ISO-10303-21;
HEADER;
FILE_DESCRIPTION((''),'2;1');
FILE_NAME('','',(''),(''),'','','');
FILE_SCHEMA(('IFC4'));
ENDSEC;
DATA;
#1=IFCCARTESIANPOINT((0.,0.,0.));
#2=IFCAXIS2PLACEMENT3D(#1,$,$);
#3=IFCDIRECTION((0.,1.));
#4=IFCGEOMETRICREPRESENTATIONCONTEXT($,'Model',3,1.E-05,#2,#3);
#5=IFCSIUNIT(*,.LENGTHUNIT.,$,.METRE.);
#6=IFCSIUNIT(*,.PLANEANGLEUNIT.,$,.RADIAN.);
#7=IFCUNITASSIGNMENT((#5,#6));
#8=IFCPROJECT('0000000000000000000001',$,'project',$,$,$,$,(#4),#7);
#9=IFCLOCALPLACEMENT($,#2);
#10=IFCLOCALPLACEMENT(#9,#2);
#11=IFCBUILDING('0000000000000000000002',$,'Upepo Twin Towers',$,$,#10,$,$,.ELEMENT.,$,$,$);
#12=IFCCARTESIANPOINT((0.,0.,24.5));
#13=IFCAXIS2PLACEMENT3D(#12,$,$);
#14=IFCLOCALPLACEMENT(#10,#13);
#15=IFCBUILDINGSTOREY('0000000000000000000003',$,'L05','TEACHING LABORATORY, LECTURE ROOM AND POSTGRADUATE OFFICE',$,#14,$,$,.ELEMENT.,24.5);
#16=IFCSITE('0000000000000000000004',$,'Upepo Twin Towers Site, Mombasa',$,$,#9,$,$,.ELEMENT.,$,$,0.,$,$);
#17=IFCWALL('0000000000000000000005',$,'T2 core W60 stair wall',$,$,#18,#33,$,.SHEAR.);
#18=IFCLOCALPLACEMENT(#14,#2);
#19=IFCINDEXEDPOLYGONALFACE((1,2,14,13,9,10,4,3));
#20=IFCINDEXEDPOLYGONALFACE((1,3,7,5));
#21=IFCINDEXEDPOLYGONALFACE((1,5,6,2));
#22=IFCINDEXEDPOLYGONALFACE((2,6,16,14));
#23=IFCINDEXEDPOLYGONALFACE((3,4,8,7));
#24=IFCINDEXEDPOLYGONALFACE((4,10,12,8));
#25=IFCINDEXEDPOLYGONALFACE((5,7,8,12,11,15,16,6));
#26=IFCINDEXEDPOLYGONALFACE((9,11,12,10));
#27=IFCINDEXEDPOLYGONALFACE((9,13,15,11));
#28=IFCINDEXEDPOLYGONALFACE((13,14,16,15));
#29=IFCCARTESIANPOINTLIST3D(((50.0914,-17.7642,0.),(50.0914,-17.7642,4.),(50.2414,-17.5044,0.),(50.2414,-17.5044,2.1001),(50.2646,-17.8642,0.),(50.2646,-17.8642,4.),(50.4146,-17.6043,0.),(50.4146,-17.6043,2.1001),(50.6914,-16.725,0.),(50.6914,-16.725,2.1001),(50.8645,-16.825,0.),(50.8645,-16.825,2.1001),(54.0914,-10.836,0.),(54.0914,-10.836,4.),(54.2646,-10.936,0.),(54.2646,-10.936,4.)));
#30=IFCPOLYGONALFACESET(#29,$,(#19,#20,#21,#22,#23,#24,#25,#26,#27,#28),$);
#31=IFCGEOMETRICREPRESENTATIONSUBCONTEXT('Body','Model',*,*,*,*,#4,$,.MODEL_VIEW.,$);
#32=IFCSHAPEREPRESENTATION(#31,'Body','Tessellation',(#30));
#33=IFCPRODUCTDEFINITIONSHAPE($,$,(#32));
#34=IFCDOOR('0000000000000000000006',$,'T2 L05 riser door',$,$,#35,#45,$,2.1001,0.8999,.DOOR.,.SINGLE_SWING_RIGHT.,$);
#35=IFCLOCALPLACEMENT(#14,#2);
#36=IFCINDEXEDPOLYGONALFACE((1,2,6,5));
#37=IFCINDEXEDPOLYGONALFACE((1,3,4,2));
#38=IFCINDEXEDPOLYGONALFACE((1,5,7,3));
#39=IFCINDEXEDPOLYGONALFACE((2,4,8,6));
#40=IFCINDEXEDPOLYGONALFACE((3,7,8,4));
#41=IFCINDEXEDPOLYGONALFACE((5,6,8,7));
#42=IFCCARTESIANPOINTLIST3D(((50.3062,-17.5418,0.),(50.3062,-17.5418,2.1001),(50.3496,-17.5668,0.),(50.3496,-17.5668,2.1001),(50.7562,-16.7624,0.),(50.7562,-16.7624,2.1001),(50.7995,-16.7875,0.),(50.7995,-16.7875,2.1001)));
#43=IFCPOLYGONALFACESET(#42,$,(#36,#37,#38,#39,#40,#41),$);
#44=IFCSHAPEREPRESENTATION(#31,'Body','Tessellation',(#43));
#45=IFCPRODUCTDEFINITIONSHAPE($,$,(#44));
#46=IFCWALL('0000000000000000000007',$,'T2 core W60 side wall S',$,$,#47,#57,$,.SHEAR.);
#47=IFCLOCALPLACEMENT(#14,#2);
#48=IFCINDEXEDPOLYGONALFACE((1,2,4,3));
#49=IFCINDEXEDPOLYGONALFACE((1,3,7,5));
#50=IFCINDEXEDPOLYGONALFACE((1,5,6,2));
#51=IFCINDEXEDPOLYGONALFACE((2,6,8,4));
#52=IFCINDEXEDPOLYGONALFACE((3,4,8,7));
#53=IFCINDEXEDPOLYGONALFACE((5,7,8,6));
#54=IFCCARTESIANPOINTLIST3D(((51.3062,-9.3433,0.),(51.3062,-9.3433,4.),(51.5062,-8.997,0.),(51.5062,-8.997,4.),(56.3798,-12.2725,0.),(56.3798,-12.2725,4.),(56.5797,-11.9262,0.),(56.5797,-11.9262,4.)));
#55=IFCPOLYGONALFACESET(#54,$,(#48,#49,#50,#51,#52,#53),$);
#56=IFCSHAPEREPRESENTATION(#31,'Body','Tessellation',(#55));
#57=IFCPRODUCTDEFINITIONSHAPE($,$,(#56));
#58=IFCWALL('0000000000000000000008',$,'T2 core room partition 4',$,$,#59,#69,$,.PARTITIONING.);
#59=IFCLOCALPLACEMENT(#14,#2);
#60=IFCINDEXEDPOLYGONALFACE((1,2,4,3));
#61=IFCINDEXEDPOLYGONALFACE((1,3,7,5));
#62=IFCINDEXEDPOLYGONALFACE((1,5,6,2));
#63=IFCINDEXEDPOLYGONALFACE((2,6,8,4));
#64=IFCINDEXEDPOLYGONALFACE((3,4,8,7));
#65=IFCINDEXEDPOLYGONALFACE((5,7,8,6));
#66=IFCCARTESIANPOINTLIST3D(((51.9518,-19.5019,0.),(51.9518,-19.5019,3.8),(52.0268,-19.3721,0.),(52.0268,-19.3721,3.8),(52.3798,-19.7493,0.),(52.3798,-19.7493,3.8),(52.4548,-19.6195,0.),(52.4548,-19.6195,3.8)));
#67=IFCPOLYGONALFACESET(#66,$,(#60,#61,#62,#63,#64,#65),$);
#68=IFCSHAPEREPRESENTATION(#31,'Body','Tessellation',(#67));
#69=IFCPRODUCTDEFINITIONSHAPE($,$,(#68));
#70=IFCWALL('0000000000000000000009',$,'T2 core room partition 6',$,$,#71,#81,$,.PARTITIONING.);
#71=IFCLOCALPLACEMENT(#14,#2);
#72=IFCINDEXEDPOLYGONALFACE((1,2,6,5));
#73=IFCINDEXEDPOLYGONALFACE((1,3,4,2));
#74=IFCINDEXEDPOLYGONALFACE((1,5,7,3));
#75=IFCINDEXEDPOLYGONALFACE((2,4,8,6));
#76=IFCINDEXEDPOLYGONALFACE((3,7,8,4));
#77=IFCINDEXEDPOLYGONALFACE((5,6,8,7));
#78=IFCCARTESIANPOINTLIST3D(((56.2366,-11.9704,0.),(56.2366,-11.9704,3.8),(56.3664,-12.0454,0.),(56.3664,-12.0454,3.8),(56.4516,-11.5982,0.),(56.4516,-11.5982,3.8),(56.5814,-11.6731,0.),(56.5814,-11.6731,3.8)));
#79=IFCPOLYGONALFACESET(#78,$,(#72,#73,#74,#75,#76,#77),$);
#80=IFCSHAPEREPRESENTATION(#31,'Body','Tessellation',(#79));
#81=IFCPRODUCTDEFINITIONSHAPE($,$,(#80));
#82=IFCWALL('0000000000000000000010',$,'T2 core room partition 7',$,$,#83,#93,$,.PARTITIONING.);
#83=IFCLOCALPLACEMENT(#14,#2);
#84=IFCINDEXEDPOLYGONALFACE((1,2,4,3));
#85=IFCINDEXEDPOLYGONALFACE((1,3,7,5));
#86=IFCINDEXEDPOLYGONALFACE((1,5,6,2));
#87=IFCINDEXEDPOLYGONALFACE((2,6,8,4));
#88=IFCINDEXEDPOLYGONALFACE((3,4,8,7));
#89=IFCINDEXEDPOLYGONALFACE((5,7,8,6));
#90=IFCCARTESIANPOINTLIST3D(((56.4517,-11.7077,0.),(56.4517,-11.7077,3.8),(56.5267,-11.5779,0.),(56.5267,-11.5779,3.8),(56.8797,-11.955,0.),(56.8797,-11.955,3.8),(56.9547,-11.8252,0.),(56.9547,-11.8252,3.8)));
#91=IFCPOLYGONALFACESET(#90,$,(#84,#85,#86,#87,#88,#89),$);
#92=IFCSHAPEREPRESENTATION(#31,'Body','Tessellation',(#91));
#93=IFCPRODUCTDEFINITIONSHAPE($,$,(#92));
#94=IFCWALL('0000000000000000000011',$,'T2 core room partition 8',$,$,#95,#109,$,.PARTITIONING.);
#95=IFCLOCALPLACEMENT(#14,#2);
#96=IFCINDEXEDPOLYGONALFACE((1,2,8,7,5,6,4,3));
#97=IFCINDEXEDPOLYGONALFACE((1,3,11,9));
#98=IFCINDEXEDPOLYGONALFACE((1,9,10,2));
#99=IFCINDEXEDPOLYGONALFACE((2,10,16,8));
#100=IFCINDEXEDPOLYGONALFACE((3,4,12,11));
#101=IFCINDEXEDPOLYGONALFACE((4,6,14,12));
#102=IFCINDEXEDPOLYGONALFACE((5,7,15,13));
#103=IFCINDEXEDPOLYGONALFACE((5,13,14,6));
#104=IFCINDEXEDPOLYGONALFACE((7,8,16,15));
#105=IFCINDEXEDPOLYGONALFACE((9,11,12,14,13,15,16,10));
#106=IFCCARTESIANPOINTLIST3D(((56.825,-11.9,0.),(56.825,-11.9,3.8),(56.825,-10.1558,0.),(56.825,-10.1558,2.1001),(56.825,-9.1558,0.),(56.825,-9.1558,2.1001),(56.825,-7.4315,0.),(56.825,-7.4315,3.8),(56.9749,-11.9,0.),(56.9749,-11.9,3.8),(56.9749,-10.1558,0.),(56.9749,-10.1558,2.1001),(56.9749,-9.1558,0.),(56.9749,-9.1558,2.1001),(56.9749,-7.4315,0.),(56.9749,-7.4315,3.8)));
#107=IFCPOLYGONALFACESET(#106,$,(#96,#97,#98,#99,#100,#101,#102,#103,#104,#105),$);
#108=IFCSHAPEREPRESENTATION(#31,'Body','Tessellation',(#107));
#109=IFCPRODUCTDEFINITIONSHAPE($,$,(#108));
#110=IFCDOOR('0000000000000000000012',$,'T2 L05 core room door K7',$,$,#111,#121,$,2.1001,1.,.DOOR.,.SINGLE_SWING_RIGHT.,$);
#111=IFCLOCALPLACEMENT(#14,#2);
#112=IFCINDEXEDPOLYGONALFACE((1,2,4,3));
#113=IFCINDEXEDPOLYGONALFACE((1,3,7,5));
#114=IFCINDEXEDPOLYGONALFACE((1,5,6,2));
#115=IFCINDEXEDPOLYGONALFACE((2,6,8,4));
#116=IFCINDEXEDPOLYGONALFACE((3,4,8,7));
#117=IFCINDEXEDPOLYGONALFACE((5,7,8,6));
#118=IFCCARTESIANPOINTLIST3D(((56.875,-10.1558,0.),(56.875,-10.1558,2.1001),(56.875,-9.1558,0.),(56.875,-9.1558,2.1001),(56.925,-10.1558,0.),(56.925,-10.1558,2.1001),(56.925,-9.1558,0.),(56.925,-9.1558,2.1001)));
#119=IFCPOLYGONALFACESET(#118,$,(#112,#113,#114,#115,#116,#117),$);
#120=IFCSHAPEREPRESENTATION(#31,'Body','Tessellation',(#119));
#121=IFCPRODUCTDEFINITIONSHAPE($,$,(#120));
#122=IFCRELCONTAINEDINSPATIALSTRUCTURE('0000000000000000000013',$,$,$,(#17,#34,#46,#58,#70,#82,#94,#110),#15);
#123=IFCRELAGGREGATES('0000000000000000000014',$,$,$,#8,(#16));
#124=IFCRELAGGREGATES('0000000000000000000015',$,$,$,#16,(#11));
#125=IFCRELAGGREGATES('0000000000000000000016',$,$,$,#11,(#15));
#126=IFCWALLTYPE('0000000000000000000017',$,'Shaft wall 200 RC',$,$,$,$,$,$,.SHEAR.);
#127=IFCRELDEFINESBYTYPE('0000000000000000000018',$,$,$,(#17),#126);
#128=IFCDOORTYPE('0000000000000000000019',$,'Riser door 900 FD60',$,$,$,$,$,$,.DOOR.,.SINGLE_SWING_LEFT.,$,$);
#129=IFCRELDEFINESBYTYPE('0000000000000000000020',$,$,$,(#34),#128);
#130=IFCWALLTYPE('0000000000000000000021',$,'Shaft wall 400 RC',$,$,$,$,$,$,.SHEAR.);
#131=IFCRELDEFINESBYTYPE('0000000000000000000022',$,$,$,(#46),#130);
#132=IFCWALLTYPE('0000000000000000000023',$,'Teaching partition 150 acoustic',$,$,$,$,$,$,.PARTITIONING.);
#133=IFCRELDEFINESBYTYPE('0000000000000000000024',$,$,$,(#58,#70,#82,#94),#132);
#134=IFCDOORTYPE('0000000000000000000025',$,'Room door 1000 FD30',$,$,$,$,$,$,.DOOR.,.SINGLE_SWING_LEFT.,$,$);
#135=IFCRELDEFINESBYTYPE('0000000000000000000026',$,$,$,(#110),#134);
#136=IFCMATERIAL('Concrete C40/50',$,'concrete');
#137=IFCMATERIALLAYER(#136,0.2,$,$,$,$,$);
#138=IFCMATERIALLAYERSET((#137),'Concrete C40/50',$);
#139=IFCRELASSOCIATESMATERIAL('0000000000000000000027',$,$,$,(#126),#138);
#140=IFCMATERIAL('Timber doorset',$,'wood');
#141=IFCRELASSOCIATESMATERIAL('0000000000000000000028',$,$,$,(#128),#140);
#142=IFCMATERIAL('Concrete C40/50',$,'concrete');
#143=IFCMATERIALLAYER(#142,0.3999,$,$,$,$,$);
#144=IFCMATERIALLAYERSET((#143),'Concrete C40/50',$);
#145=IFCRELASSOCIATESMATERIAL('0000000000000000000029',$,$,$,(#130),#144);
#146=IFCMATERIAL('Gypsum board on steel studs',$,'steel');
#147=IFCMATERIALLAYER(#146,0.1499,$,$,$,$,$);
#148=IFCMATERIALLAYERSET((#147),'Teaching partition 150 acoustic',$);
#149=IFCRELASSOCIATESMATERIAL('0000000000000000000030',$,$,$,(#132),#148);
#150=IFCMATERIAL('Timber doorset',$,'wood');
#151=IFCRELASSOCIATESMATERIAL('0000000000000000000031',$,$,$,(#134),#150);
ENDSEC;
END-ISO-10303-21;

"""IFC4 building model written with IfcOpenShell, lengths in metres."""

from ifc_helpers import new_model, si_unit, direction, frame, frame_2d, origin, place, context, subcontext, project, spatial, rectangle, extrude, material, layer, layer_set, type_object, element, fill, save


model = new_model("IFC4")

# Units and contexts
model_context = context("Model", 3, precision=1e-05, world=origin(), true_north=direction((0.0, 1.0)))
body_context = subcontext(model_context, "Body", "Model", "MODEL_VIEW")
ifc_project = project(units=[si_unit("LENGTHUNIT", "METRE"), si_unit("PLANEANGLEUNIT", "RADIAN")], contexts=[model_context])

# Site, building, storey
site_placement = place(None, origin())
site = spatial("IfcSite", under=ifc_project, at=site_placement, Name="Upepo Twin Towers Site, Mombasa", CompositionType="ELEMENT", RefElevation=0.0)
building_placement = place(site_placement, origin())
building = spatial("IfcBuilding", under=site, at=building_placement, Name="Upepo Twin Towers", CompositionType="ELEMENT")
storey_placement = place(building_placement, frame((0.0, 0.0, 24.5)))
storey = spatial("IfcBuildingStorey", under=building, at=storey_placement, Name="L05", Description="TEACHING LABORATORY, LECTURE ROOM AND POSTGRADUATE OFFICE", CompositionType="ELEMENT", Elevation=24.5)

# Shared definitions
ifc_material_1 = material(Name="Concrete C40/50", Category="concrete")
ifc_layer_1 = layer(ifc_material_1, 0.2)
ifc_layer_set_1 = layer_set([ifc_layer_1], Name="Concrete C40/50")
wall_type_1 = type_object("IfcWallType", Name="Shaft wall 200 RC", PredefinedType="SHEAR", material=ifc_layer_set_1)

# Wall, opening, door
wall_1_placement = place(storey_placement, frame((54.178, -10.886, 0.0), z_axis=(0.0, 0.0, 1.0), x_axis=(-0.499999, -0.866026, 0.0)))
wall_1 = element("IfcWall", 1, at=wall_1_placement, inside=storey, type_object=wall_type_1, Name="T2 core W60 stair wall", PredefinedType="SHEAR", context=body_context, shape_type="SweptSolid", body=[
    extrude(rectangle(XDim=8.0, YDim=0.2, at=frame_2d((4.0, 0.0))), origin(), (0.0, 0.0, 1.0), 4.0),
])
opening_1_placement = place(wall_1_placement, frame((6.8, 0.0, 0.0)))
opening_1 = element("IfcOpeningElement", 2, at=opening_1_placement, cuts=wall_1, PredefinedType="OPENING", context=body_context, shape_type="SweptSolid", body=[
    extrude(rectangle(XDim=0.8999, YDim=2.1001, at=frame_2d((0.45, 1.05))), frame((0.0, 0.1099, 0.0), z_axis=(0.0, -1.0, 0.0), x_axis=(1.0, 0.0, 0.0)), (0.0, 0.0, 1.0), 0.22),
])
ifc_material_2 = material(Name="Timber doorset", Category="wood")
door_type_1 = type_object("IfcDoorType", Name="Riser door 900 FD60", OperationType="SINGLE_SWING_LEFT", PredefinedType="DOOR", material=ifc_material_2)
door_1_placement = place(opening_1_placement, origin())
door_1 = element("IfcDoor", 3, at=door_1_placement, inside=storey, type_object=door_type_1, Name="T2 L05 riser door", OperationType="SINGLE_SWING_RIGHT", OverallHeight=2.1001, OverallWidth=0.8999, PredefinedType="DOOR", context=body_context, shape_type="SweptSolid", body=[
    extrude(rectangle(XDim=0.8999, YDim=2.1001, at=frame_2d((0.45, 1.05))), frame((0.0, 0.0249, 0.0), z_axis=(0.0, -1.0, 0.0), x_axis=(1.0, 0.0, 0.0)), (0.0, 0.0, 1.0), 0.05),
])
fill(opening_1, door_1)

# Walls
ifc_material_3 = material(Name="Concrete C40/50", Category="concrete")
ifc_layer_2 = layer(ifc_material_3, 0.3999)
ifc_layer_set_2 = layer_set([ifc_layer_2], Name="Concrete C40/50")
wall_type_2 = type_object("IfcWallType", Name="Shaft wall 400 RC", PredefinedType="SHEAR", material=ifc_layer_set_2)
wall_2_placement = place(storey_placement, frame((56.4797, -12.0994, 0.0), z_axis=(0.0, 0.0, 1.0), x_axis=(-0.866024, 0.500003, 0.0)))
element("IfcWall", 4, at=wall_2_placement, inside=storey, type_object=wall_type_2, Name="T2 core W60 side wall S", PredefinedType="SHEAR", context=body_context, shape_type="SweptSolid", body=[
    extrude(rectangle(XDim=5.8584, YDim=0.3999, at=frame_2d((2.9292, 0.0))), origin(), (0.0, 0.0, 1.0), 4.0),
])
ifc_material_4 = material(Name="Gypsum board on steel studs", Category="steel")
ifc_layer_3 = layer(ifc_material_4, 0.1499)
ifc_layer_set_3 = layer_set([ifc_layer_3], Name="Teaching partition 150 acoustic")
wall_type_3 = type_object("IfcWallType", Name="Teaching partition 150 acoustic", PredefinedType="PARTITIONING", material=ifc_layer_set_3)
wall_3_placement = place(storey_placement, frame((52.4172, -19.6843, 0.0), z_axis=(0.0, 0.0, 1.0), x_axis=(-0.865832, 0.500335, 0.0)))
element("IfcWall", 5, at=wall_3_placement, inside=storey, type_object=wall_type_3, Name="T2 core room partition 4", PredefinedType="PARTITIONING", context=body_context, shape_type="SweptSolid", body=[
    extrude(rectangle(XDim=0.4944, YDim=0.1499, at=frame_2d((0.2471, 0.0))), origin(), (0.0, 0.0, 1.0), 3.8),
])
wall_4_placement = place(storey_placement, frame((56.3015, -12.0078, 0.0), z_axis=(0.0, 0.0, 1.0), x_axis=(0.50023, 0.865892, 0.0)))
element("IfcWall", 6, at=wall_4_placement, inside=storey, type_object=wall_type_3, Name="T2 core room partition 6", PredefinedType="PARTITIONING", context=body_context, shape_type="SweptSolid", body=[
    extrude(rectangle(XDim=0.4299, YDim=0.1499, at=frame_2d((0.2148, 0.0))), origin(), (0.0, 0.0, 1.0), 3.8),
])
wall_5_placement = place(storey_placement, frame((56.4893, -11.6428, 0.0), z_axis=(0.0, 0.0, 1.0), x_axis=(0.865832, -0.500335, 0.0)))
element("IfcWall", 7, at=wall_5_placement, inside=storey, type_object=wall_type_3, Name="T2 core room partition 7", PredefinedType="PARTITIONING", context=body_context, shape_type="SweptSolid", body=[
    extrude(rectangle(XDim=0.4944, YDim=0.1499, at=frame_2d((0.2471, 0.0))), origin(), (0.0, 0.0, 1.0), 3.8),
])

# Wall, opening, door
wall_6_placement = place(storey_placement, frame((56.8999, -11.9001, 0.0), z_axis=(0.0, 0.0, 1.0), x_axis=(0.0, 1.0, 0.0)))
wall_6 = element("IfcWall", 8, at=wall_6_placement, inside=storey, type_object=wall_type_3, Name="T2 core room partition 8", PredefinedType="PARTITIONING", context=body_context, shape_type="SweptSolid", body=[
    extrude(rectangle(XDim=4.4685, YDim=0.1499, at=frame_2d((2.2344, 0.0))), origin(), (0.0, 0.0, 1.0), 3.8),
])
opening_2_placement = place(wall_6_placement, frame((1.7444, 0.0, 0.0)))
opening_2 = element("IfcOpeningElement", 9, at=opening_2_placement, cuts=wall_6, PredefinedType="OPENING", context=body_context, shape_type="SweptSolid", body=[
    extrude(rectangle(XDim=1.0, YDim=2.1001, at=frame_2d((0.5, 1.05))), frame((0.0, 0.085, 0.0), z_axis=(0.0, -1.0, 0.0), x_axis=(1.0, 0.0, 0.0)), (0.0, 0.0, 1.0), 0.1699),
])
ifc_material_5 = material(Name="Timber doorset", Category="wood")
door_type_2 = type_object("IfcDoorType", Name="Room door 1000 FD30", OperationType="SINGLE_SWING_LEFT", PredefinedType="DOOR", material=ifc_material_5)
door_2_placement = place(opening_2_placement, origin())
door_2 = element("IfcDoor", 10, at=door_2_placement, inside=storey, type_object=door_type_2, Name="T2 L05 core room door K7", OperationType="SINGLE_SWING_RIGHT", OverallHeight=2.1001, OverallWidth=1.0, PredefinedType="DOOR", context=body_context, shape_type="SweptSolid", body=[
    extrude(rectangle(XDim=1.0, YDim=2.1001, at=frame_2d((0.5, 1.05))), frame((0.0, 0.0249, 0.0), z_axis=(0.0, -1.0, 0.0), x_axis=(1.0, 0.0, 0.0)), (0.0, 0.0, 1.0), 0.05),
])
fill(opening_2, door_2)

save(model, "model.ifc")
